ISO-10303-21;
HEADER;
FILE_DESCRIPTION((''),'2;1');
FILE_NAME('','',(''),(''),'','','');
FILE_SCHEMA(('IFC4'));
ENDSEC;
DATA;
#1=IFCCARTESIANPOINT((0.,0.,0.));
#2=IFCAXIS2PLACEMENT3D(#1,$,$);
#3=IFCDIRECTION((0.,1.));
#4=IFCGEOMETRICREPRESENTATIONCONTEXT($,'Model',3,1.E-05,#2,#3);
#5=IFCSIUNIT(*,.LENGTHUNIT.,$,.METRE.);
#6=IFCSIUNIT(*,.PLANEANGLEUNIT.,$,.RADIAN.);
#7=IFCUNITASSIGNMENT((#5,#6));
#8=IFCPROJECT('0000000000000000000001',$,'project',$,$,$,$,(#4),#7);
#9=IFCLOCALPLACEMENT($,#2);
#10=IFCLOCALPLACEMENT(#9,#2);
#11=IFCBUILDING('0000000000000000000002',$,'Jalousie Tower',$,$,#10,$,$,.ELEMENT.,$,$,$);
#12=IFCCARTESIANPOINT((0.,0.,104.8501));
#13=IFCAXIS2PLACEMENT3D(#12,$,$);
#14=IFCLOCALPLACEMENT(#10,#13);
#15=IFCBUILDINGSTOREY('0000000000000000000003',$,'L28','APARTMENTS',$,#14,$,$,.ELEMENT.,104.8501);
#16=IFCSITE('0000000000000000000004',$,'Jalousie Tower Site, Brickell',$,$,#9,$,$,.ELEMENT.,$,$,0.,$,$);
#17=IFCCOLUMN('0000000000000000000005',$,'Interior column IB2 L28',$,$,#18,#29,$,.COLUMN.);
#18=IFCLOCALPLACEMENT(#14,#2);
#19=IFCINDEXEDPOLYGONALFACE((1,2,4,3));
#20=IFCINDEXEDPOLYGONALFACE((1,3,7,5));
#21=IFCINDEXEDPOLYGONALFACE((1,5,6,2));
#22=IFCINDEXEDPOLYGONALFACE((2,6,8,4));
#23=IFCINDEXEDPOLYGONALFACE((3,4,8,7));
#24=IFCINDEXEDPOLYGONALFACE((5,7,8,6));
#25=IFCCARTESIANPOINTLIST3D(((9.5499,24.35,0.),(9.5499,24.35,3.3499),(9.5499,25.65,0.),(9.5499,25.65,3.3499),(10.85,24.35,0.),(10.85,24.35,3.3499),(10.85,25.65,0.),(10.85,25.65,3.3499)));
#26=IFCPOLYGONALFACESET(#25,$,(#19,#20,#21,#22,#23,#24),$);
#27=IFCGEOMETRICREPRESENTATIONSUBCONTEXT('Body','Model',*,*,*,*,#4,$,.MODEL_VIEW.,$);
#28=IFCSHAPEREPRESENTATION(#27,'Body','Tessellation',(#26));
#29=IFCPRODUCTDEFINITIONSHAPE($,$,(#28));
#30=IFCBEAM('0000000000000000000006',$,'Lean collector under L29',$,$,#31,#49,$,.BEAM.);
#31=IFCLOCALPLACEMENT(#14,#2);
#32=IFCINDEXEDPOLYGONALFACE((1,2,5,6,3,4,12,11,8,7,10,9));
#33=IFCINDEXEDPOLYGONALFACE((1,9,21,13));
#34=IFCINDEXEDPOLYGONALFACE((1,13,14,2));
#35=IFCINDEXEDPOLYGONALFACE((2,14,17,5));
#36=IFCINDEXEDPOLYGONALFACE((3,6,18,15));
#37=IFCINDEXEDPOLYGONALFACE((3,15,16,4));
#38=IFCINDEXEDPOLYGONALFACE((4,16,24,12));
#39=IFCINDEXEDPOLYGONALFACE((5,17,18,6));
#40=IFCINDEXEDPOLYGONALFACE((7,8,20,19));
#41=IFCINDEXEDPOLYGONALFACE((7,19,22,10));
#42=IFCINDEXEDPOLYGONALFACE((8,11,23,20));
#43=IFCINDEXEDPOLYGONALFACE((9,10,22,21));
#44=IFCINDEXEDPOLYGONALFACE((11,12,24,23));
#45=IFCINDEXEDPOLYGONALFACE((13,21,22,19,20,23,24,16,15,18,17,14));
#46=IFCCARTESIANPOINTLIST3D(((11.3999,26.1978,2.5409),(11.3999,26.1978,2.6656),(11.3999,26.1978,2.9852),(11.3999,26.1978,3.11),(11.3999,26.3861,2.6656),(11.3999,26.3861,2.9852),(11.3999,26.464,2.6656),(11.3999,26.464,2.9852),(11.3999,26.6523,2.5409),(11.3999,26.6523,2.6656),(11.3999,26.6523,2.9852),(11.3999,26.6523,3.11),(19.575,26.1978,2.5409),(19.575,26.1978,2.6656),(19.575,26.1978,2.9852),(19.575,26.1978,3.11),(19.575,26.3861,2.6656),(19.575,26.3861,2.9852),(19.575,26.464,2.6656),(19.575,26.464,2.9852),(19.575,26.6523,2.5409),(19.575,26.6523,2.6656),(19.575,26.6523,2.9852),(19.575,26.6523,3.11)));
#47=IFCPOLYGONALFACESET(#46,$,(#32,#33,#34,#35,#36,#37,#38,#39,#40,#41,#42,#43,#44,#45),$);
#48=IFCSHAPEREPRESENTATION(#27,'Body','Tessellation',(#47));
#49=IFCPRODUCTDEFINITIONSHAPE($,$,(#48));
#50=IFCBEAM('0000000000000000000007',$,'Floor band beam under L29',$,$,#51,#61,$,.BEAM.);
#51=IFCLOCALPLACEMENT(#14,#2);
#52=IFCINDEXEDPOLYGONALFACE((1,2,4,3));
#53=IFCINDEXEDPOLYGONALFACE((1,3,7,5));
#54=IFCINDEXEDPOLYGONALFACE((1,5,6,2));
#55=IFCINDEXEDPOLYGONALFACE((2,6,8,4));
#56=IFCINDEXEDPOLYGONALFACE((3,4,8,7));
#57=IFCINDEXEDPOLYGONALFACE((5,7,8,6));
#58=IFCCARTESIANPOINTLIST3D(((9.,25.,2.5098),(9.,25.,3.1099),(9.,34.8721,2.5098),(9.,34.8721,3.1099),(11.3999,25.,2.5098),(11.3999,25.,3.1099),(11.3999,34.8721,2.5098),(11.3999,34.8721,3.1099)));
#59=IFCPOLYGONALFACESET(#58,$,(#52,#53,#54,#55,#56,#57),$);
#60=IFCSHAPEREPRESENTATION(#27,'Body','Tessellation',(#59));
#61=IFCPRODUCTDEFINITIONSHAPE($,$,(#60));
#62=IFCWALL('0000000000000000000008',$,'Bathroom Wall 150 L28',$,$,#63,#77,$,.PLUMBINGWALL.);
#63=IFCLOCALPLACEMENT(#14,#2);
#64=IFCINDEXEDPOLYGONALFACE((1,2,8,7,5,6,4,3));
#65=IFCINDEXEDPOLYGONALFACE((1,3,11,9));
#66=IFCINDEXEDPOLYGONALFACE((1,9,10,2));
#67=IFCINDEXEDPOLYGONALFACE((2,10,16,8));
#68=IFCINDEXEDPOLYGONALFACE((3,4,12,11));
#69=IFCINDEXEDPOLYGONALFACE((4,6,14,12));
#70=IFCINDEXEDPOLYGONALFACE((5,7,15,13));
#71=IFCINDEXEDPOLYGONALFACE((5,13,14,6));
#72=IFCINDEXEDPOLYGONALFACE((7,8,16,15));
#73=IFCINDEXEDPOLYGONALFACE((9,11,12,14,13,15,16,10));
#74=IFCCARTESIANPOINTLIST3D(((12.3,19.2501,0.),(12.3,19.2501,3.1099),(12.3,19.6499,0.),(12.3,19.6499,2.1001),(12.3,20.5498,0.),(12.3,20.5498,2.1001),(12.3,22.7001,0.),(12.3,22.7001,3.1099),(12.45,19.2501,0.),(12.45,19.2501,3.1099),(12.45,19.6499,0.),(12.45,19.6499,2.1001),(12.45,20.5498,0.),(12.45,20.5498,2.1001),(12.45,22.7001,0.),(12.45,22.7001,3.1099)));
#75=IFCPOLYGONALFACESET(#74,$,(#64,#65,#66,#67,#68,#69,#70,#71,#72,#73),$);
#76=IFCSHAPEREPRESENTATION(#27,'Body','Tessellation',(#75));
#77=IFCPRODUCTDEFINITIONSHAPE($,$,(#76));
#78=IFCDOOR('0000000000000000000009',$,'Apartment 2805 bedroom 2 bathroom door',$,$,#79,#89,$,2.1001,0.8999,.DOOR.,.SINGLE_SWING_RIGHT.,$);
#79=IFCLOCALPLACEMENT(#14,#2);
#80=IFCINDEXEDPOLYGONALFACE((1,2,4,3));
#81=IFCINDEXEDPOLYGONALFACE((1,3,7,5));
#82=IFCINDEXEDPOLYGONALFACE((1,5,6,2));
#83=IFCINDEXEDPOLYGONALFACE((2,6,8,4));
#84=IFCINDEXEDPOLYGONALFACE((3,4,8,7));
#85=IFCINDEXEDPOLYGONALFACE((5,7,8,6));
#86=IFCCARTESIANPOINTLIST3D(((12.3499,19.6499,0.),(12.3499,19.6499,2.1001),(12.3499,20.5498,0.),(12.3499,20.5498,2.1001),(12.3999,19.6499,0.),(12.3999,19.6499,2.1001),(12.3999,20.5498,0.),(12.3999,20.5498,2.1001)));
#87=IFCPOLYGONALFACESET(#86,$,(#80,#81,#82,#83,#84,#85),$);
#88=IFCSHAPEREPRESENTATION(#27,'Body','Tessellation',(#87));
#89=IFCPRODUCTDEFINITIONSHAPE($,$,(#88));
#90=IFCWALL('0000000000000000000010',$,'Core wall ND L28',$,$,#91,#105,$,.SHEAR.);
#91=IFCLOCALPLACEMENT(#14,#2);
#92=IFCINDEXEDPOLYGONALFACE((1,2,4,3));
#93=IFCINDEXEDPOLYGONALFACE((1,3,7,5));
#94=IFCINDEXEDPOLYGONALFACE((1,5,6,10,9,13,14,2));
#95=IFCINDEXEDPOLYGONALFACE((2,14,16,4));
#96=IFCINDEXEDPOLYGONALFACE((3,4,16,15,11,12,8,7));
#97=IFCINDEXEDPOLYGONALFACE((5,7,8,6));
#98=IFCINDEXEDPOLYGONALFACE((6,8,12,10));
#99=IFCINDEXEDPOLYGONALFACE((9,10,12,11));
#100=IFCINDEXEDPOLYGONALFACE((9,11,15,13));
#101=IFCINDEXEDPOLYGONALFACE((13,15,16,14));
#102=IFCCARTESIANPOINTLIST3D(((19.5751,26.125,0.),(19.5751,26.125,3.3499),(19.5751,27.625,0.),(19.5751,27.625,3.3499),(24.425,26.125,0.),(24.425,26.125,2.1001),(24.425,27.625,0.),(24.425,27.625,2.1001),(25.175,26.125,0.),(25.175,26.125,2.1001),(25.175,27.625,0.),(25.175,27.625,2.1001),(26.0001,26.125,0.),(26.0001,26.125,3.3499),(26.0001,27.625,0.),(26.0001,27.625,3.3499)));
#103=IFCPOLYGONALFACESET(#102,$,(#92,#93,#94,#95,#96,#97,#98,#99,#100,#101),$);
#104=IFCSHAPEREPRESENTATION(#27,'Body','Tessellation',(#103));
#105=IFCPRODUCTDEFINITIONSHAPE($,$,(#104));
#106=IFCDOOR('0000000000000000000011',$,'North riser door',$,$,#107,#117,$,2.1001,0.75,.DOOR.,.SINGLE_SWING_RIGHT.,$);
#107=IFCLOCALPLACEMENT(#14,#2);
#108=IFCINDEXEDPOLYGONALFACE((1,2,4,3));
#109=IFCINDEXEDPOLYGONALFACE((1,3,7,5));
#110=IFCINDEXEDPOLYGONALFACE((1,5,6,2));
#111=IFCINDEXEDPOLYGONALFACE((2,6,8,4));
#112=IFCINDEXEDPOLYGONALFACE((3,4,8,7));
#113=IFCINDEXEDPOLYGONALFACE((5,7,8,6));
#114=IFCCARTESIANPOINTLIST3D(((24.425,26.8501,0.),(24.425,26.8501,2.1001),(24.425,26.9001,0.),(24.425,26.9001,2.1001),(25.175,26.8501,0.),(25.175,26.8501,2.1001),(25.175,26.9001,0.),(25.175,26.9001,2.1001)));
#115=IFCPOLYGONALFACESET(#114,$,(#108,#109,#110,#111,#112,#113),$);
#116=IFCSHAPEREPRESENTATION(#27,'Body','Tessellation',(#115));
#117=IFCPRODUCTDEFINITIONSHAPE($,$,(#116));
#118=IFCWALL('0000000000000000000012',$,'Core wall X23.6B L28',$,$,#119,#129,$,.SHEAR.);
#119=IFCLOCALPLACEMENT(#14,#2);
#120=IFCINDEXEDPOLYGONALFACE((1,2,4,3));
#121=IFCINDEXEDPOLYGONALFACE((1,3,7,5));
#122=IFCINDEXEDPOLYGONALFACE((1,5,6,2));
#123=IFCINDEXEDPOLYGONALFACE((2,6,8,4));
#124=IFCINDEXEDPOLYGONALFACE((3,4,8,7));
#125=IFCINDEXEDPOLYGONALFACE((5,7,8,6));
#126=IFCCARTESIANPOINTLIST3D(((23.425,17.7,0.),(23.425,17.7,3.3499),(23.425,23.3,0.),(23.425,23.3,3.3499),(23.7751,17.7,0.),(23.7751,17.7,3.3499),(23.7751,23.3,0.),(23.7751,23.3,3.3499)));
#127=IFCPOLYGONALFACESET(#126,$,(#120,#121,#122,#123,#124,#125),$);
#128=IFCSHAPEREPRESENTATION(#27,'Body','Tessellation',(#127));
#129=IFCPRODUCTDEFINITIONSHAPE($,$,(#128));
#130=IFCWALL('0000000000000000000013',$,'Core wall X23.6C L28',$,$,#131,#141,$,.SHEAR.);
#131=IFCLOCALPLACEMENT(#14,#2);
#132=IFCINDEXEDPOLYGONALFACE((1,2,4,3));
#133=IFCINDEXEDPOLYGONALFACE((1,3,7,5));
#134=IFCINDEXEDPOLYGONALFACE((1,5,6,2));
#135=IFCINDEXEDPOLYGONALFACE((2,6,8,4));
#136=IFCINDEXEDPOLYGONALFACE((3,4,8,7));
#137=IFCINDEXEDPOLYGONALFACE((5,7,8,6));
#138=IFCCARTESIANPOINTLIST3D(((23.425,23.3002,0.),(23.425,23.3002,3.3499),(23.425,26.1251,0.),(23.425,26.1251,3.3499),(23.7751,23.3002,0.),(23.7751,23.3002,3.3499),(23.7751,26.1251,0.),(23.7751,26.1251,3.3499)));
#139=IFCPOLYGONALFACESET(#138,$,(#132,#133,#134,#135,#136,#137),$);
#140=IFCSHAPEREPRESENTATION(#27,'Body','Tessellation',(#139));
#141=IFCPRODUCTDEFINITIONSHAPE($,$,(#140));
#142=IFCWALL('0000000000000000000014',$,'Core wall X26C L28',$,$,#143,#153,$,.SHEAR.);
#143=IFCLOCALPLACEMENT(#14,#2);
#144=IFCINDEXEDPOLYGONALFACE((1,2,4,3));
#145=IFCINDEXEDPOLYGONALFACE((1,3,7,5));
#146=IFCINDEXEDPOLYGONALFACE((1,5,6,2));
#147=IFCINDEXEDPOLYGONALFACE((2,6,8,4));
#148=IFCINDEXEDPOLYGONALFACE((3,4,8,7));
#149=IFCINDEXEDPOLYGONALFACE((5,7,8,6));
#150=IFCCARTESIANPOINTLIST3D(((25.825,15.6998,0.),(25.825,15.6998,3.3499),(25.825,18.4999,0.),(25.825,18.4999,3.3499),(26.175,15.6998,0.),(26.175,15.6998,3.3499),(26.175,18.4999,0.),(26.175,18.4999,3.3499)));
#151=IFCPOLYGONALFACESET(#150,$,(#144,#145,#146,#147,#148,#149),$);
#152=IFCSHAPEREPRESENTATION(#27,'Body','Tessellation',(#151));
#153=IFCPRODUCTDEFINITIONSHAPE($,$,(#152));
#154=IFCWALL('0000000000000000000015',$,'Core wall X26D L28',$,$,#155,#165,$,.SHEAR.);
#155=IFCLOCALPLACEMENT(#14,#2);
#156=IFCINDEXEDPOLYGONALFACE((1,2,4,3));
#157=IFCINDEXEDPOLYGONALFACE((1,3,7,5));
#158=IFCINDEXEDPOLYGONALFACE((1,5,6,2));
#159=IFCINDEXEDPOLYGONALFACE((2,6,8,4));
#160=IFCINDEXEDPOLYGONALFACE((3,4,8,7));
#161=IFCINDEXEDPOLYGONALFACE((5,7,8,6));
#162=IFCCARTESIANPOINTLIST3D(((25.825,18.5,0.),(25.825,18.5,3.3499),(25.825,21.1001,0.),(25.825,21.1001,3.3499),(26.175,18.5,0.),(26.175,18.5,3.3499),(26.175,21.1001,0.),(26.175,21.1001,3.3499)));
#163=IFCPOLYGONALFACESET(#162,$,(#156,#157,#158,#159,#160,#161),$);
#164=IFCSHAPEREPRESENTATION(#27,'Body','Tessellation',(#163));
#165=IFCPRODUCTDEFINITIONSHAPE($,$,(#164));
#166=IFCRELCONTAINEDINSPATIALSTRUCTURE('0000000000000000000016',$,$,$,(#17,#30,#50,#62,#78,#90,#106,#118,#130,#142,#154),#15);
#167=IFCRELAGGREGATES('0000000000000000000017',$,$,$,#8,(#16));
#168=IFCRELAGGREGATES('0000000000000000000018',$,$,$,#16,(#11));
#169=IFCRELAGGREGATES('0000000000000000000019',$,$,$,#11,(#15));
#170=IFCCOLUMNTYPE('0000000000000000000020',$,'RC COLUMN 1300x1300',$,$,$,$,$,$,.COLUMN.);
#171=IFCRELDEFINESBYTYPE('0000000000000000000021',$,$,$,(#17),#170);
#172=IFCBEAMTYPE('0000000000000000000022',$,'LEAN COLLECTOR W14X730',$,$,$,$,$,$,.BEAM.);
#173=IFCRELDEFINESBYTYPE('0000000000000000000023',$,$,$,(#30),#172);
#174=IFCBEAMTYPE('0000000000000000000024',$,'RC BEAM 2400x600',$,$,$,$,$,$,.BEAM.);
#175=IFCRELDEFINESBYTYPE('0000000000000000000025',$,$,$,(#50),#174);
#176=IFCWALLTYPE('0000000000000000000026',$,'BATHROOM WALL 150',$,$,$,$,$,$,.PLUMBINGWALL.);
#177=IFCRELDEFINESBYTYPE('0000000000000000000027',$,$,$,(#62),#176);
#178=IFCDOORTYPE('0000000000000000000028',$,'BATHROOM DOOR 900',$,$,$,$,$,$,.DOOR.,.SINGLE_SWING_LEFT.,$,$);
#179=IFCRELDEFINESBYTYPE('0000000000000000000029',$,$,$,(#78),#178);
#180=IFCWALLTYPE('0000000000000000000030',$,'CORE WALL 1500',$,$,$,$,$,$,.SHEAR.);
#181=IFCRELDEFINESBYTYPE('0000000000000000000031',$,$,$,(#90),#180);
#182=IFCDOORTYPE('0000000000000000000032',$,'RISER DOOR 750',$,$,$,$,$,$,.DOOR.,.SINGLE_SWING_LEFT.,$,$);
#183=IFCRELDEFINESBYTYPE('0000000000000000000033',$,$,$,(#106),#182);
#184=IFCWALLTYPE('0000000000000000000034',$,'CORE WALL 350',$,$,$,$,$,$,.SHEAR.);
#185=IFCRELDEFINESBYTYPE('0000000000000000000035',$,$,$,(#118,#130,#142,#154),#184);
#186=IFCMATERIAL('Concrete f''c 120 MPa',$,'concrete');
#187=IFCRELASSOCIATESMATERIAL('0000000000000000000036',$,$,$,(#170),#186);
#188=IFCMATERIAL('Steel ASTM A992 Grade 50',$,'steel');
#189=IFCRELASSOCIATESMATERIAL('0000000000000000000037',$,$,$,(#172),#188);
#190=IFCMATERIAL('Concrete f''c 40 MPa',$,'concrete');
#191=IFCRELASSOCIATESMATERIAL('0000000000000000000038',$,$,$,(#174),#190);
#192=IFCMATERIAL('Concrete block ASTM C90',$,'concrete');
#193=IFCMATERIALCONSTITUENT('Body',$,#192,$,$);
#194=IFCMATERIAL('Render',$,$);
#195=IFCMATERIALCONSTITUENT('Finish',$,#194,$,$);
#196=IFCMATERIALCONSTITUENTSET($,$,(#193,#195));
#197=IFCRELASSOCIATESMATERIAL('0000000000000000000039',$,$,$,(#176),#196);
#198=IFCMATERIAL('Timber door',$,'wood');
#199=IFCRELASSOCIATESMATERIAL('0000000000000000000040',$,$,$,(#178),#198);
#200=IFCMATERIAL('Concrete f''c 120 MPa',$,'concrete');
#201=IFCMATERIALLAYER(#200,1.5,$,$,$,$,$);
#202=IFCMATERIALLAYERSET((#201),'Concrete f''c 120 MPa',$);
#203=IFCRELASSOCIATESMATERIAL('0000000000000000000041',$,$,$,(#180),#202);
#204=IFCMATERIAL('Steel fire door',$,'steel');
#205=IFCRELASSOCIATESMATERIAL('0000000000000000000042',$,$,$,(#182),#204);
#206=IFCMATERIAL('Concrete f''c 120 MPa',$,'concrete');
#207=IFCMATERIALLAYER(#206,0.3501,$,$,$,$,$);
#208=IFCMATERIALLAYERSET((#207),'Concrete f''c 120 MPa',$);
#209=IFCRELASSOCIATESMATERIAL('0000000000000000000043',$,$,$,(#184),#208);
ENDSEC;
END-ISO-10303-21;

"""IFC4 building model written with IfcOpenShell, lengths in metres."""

from ifc_helpers import new_model, si_unit, direction, frame, frame_2d, origin, origin_2d, place, context, subcontext, project, spatial, rectangle, i_section, extrude, material, layer, layer_set, constituent, constituent_set, material_profile, profile_set, type_object, element, fill, save


model = new_model("IFC4")

# Units and contexts
model_context = context("Model", 3, precision=1e-05, world=origin(), true_north=direction((0.0, 1.0)))
body_context = subcontext(model_context, "Body", "Model", "MODEL_VIEW")
ifc_project = project(units=[si_unit("LENGTHUNIT", "METRE"), si_unit("PLANEANGLEUNIT", "RADIAN")], contexts=[model_context])

# Site, building, storey
site_placement = place(None, origin())
site = spatial("IfcSite", under=ifc_project, at=site_placement, Name="Jalousie Tower Site, Brickell", CompositionType="ELEMENT", RefElevation=0.0)
building_placement = place(site_placement, origin())
building = spatial("IfcBuilding", under=site, at=building_placement, Name="Jalousie Tower", CompositionType="ELEMENT")
storey_placement = place(building_placement, frame((0.0, 0.0, 104.8501)))
storey = spatial("IfcBuildingStorey", under=building, at=storey_placement, Name="L28", Description="APARTMENTS", CompositionType="ELEMENT", Elevation=104.8501)

# Column
ifc_material_1 = material(Name="Concrete f'c 120 MPa", Category="concrete")
ifc_material_profile_1 = material_profile(ifc_material_1, rectangle(XDim=1.3, YDim=1.3, at=origin_2d()), Name="RC 1300x1300")
ifc_profile_set_1 = profile_set([ifc_material_profile_1], Name="Concrete f'c 120 MPa")
column_type = type_object("IfcColumnType", Name="RC COLUMN 1300x1300", PredefinedType="COLUMN", material=ifc_profile_set_1)
column_placement = place(storey_placement, frame((10.2, 25.0, 0.0), z_axis=(0.0, 0.0, 1.0), x_axis=(1.0, 0.0, 0.0)))
element("IfcColumn", 1, at=column_placement, inside=storey, type_object=column_type, Name="Interior column IB2 L28", PredefinedType="COLUMN", context=body_context, shape_type="SweptSolid", body=[
    extrude(rectangle(XDim=1.3, YDim=1.3, at=origin_2d()), origin(), (0.0, 0.0, 1.0), 3.3499),
])

# Beams
ifc_material_2 = material(Name="Steel ASTM A992 Grade 50", Category="steel")
ifc_material_profile_2 = material_profile(ifc_material_2, i_section(OverallWidth=0.4546, OverallDepth=0.5691, WebThickness=0.0779, FlangeThickness=0.1248, at=origin_2d()), Name="W14X730")
ifc_profile_set_2 = profile_set([ifc_material_profile_2], Name="Steel ASTM A992 Grade 50")
beam_type_1 = type_object("IfcBeamType", Name="LEAN COLLECTOR W14X730", PredefinedType="BEAM", material=ifc_profile_set_2)
beam_1_placement = place(storey_placement, frame((11.3999, 26.425, 2.8254), z_axis=(1.0, 0.0, 0.0), x_axis=(0.0, 1.0, 0.0)))
element("IfcBeam", 2, at=beam_1_placement, inside=storey, type_object=beam_type_1, Name="Lean collector under L29", PredefinedType="BEAM", context=body_context, shape_type="SweptSolid", body=[
    extrude(i_section(OverallWidth=0.4546, OverallDepth=0.5691, WebThickness=0.0779, FlangeThickness=0.1248, at=origin_2d()), origin(), (0.0, 0.0, 1.0), 8.175),
])
ifc_material_3 = material(Name="Concrete f'c 40 MPa", Category="concrete")
ifc_material_profile_3 = material_profile(ifc_material_3, rectangle(XDim=2.3999, YDim=0.6001, at=origin_2d()), Name="RC 2400x600")
ifc_profile_set_3 = profile_set([ifc_material_profile_3], Name="Concrete f'c 40 MPa")
beam_type_2 = type_object("IfcBeamType", Name="RC BEAM 2400x600", PredefinedType="BEAM", material=ifc_profile_set_3)
beam_2_placement = place(storey_placement, frame((10.2, 25.0, 2.8098), z_axis=(0.0, 1.0, 0.0), x_axis=(-1.0, 0.0, 0.0)))
element("IfcBeam", 3, at=beam_2_placement, inside=storey, type_object=beam_type_2, Name="Floor band beam under L29", PredefinedType="BEAM", context=body_context, shape_type="SweptSolid", body=[
    extrude(rectangle(XDim=2.3999, YDim=0.6001, at=origin_2d()), origin(), (0.0, 0.0, 1.0), 9.8721),
])

# Walls, openings, doors
ifc_material_4 = material(Name="Concrete block ASTM C90", Category="concrete")
ifc_constituent_1 = constituent(ifc_material_4, Name="Body")
ifc_material_5 = material(Name="Render")
ifc_constituent_2 = constituent(ifc_material_5, Name="Finish")
ifc_constituent_set_1 = constituent_set(constituents=[ifc_constituent_1, ifc_constituent_2])
wall_type_1 = type_object("IfcWallType", Name="BATHROOM WALL 150", PredefinedType="PLUMBINGWALL", material=ifc_constituent_set_1)
wall_1_placement = place(storey_placement, frame((12.375, 19.25, 0.0), z_axis=(0.0, 0.0, 1.0), x_axis=(0.0, 1.0, 0.0)))
wall_1 = element("IfcWall", 4, at=wall_1_placement, inside=storey, type_object=wall_type_1, Name="Bathroom Wall 150 L28", PredefinedType="PLUMBINGWALL", context=body_context, shape_type="SweptSolid", body=[
    extrude(rectangle(XDim=3.45, YDim=0.1499, at=frame_2d((1.7251, 0.0))), origin(), (0.0, 0.0, 1.0), 3.1099),
])
opening_1_placement = place(wall_1_placement, frame((0.3999, 0.0, 0.0)))
opening_1 = element("IfcOpeningElement", 5, at=opening_1_placement, cuts=wall_1, PredefinedType="OPENING", context=body_context, shape_type="SweptSolid", body=[
    extrude(rectangle(XDim=0.8999, YDim=2.1001, at=frame_2d((0.45, 1.05))), frame((0.0, 0.085, 0.0), z_axis=(0.0, -1.0, 0.0), x_axis=(1.0, 0.0, 0.0)), (0.0, 0.0, 1.0), 0.1699),
])
ifc_material_6 = material(Name="Timber door", Category="wood")
door_type_1 = type_object("IfcDoorType", Name="BATHROOM DOOR 900", OperationType="SINGLE_SWING_LEFT", PredefinedType="DOOR", material=ifc_material_6)
door_1_placement = place(opening_1_placement, frame((0.8999, 0.0, 0.0), z_axis=(0.0, 0.0, 1.0), x_axis=(-1.0, 0.0, 0.0)))
door_1 = element("IfcDoor", 6, at=door_1_placement, inside=storey, type_object=door_type_1, Name="Apartment 2805 bedroom 2 bathroom door", OperationType="SINGLE_SWING_RIGHT", OverallHeight=2.1001, OverallWidth=0.8999, PredefinedType="DOOR", context=body_context, shape_type="SweptSolid", body=[
    extrude(rectangle(XDim=0.8999, YDim=2.1001, at=frame_2d((0.45, 1.05))), frame((0.0, 0.0249, 0.0), z_axis=(0.0, -1.0, 0.0), x_axis=(1.0, 0.0, 0.0)), (0.0, 0.0, 1.0), 0.05),
])
fill(opening_1, door_1)
ifc_material_7 = material(Name="Concrete f'c 120 MPa", Category="concrete")
ifc_layer_1 = layer(ifc_material_7, 1.5)
ifc_layer_set_1 = layer_set([ifc_layer_1], Name="Concrete f'c 120 MPa")
wall_type_2 = type_object("IfcWallType", Name="CORE WALL 1500", PredefinedType="SHEAR", material=ifc_layer_set_1)
wall_2_placement = place(storey_placement, frame((26.0, 26.875, 0.0), z_axis=(0.0, 0.0, 1.0), x_axis=(-1.0, 0.0, 0.0)))
wall_2 = element("IfcWall", 7, at=wall_2_placement, inside=storey, type_object=wall_type_2, Name="Core wall ND L28", PredefinedType="SHEAR", context=body_context, shape_type="SweptSolid", body=[
    extrude(rectangle(XDim=6.425, YDim=1.5, at=frame_2d((3.2124, 0.0))), origin(), (0.0, 0.0, 1.0), 3.3499),
])
opening_2_placement = place(wall_2_placement, frame((0.825, 0.0, 0.0)))
opening_2 = element("IfcOpeningElement", 8, at=opening_2_placement, cuts=wall_2, PredefinedType="OPENING", context=body_context, shape_type="SweptSolid", body=[
    extrude(rectangle(XDim=0.75, YDim=2.1001, at=frame_2d((0.375, 1.05))), frame((0.0, 0.76, 0.0), z_axis=(0.0, -1.0, 0.0), x_axis=(1.0, 0.0, 0.0)), (0.0, 0.0, 1.0), 1.52),
])
ifc_material_8 = material(Name="Steel fire door", Category="steel")
door_type_2 = type_object("IfcDoorType", Name="RISER DOOR 750", OperationType="SINGLE_SWING_LEFT", PredefinedType="DOOR", material=ifc_material_8)
door_2_placement = place(opening_2_placement, origin())
door_2 = element("IfcDoor", 9, at=door_2_placement, inside=storey, type_object=door_type_2, Name="North riser door", OperationType="SINGLE_SWING_RIGHT", OverallHeight=2.1001, OverallWidth=0.75, PredefinedType="DOOR", context=body_context, shape_type="SweptSolid", body=[
    extrude(rectangle(XDim=0.75, YDim=2.1001, at=frame_2d((0.375, 1.05))), frame((0.0, 0.0249, 0.0), z_axis=(0.0, -1.0, 0.0), x_axis=(1.0, 0.0, 0.0)), (0.0, 0.0, 1.0), 0.05),
])
fill(opening_2, door_2)

# Walls
ifc_material_9 = material(Name="Concrete f'c 120 MPa", Category="concrete")
ifc_layer_2 = layer(ifc_material_9, 0.3501)
ifc_layer_set_2 = layer_set([ifc_layer_2], Name="Concrete f'c 120 MPa")
wall_type_3 = type_object("IfcWallType", Name="CORE WALL 350", PredefinedType="SHEAR", material=ifc_layer_set_2)
wall_3_placement = place(storey_placement, frame((23.6001, 17.7, 0.0), z_axis=(0.0, 0.0, 1.0), x_axis=(0.0, 1.0, 0.0)))
element("IfcWall", 10, at=wall_3_placement, inside=storey, type_object=wall_type_3, Name="Core wall X23.6B L28", PredefinedType="SHEAR", context=body_context, shape_type="SweptSolid", body=[
    extrude(rectangle(XDim=5.6001, YDim=0.3501, at=frame_2d((2.8, 0.0))), origin(), (0.0, 0.0, 1.0), 3.3499),
])
wall_4_placement = place(storey_placement, frame((23.6001, 23.3, 0.0), z_axis=(0.0, 0.0, 1.0), x_axis=(0.0, 1.0, 0.0)))
element("IfcWall", 11, at=wall_4_placement, inside=storey, type_object=wall_type_3, Name="Core wall X23.6C L28", PredefinedType="SHEAR", context=body_context, shape_type="SweptSolid", body=[
    extrude(rectangle(XDim=2.825, YDim=0.3501, at=frame_2d((1.4126, 0.0))), origin(), (0.0, 0.0, 1.0), 3.3499),
])
wall_5_placement = place(storey_placement, frame((26.0, 15.7, 0.0), z_axis=(0.0, 0.0, 1.0), x_axis=(0.0, 1.0, 0.0)))
element("IfcWall", 12, at=wall_5_placement, inside=storey, type_object=wall_type_3, Name="Core wall X26C L28", PredefinedType="SHEAR", context=body_context, shape_type="SweptSolid", body=[
    extrude(rectangle(XDim=2.8, YDim=0.3501, at=frame_2d((1.3999, 0.0))), origin(), (0.0, 0.0, 1.0), 3.3499),
])
wall_6_placement = place(storey_placement, frame((26.0, 18.5, 0.0), z_axis=(0.0, 0.0, 1.0), x_axis=(0.0, 1.0, 0.0)))
element("IfcWall", 13, at=wall_6_placement, inside=storey, type_object=wall_type_3, Name="Core wall X26D L28", PredefinedType="SHEAR", context=body_context, shape_type="SweptSolid", body=[
    extrude(rectangle(XDim=2.6001, YDim=0.3501, at=frame_2d((1.3, 0.0))), origin(), (0.0, 0.0, 1.0), 3.3499),
])

save(model, "model.ifc")
